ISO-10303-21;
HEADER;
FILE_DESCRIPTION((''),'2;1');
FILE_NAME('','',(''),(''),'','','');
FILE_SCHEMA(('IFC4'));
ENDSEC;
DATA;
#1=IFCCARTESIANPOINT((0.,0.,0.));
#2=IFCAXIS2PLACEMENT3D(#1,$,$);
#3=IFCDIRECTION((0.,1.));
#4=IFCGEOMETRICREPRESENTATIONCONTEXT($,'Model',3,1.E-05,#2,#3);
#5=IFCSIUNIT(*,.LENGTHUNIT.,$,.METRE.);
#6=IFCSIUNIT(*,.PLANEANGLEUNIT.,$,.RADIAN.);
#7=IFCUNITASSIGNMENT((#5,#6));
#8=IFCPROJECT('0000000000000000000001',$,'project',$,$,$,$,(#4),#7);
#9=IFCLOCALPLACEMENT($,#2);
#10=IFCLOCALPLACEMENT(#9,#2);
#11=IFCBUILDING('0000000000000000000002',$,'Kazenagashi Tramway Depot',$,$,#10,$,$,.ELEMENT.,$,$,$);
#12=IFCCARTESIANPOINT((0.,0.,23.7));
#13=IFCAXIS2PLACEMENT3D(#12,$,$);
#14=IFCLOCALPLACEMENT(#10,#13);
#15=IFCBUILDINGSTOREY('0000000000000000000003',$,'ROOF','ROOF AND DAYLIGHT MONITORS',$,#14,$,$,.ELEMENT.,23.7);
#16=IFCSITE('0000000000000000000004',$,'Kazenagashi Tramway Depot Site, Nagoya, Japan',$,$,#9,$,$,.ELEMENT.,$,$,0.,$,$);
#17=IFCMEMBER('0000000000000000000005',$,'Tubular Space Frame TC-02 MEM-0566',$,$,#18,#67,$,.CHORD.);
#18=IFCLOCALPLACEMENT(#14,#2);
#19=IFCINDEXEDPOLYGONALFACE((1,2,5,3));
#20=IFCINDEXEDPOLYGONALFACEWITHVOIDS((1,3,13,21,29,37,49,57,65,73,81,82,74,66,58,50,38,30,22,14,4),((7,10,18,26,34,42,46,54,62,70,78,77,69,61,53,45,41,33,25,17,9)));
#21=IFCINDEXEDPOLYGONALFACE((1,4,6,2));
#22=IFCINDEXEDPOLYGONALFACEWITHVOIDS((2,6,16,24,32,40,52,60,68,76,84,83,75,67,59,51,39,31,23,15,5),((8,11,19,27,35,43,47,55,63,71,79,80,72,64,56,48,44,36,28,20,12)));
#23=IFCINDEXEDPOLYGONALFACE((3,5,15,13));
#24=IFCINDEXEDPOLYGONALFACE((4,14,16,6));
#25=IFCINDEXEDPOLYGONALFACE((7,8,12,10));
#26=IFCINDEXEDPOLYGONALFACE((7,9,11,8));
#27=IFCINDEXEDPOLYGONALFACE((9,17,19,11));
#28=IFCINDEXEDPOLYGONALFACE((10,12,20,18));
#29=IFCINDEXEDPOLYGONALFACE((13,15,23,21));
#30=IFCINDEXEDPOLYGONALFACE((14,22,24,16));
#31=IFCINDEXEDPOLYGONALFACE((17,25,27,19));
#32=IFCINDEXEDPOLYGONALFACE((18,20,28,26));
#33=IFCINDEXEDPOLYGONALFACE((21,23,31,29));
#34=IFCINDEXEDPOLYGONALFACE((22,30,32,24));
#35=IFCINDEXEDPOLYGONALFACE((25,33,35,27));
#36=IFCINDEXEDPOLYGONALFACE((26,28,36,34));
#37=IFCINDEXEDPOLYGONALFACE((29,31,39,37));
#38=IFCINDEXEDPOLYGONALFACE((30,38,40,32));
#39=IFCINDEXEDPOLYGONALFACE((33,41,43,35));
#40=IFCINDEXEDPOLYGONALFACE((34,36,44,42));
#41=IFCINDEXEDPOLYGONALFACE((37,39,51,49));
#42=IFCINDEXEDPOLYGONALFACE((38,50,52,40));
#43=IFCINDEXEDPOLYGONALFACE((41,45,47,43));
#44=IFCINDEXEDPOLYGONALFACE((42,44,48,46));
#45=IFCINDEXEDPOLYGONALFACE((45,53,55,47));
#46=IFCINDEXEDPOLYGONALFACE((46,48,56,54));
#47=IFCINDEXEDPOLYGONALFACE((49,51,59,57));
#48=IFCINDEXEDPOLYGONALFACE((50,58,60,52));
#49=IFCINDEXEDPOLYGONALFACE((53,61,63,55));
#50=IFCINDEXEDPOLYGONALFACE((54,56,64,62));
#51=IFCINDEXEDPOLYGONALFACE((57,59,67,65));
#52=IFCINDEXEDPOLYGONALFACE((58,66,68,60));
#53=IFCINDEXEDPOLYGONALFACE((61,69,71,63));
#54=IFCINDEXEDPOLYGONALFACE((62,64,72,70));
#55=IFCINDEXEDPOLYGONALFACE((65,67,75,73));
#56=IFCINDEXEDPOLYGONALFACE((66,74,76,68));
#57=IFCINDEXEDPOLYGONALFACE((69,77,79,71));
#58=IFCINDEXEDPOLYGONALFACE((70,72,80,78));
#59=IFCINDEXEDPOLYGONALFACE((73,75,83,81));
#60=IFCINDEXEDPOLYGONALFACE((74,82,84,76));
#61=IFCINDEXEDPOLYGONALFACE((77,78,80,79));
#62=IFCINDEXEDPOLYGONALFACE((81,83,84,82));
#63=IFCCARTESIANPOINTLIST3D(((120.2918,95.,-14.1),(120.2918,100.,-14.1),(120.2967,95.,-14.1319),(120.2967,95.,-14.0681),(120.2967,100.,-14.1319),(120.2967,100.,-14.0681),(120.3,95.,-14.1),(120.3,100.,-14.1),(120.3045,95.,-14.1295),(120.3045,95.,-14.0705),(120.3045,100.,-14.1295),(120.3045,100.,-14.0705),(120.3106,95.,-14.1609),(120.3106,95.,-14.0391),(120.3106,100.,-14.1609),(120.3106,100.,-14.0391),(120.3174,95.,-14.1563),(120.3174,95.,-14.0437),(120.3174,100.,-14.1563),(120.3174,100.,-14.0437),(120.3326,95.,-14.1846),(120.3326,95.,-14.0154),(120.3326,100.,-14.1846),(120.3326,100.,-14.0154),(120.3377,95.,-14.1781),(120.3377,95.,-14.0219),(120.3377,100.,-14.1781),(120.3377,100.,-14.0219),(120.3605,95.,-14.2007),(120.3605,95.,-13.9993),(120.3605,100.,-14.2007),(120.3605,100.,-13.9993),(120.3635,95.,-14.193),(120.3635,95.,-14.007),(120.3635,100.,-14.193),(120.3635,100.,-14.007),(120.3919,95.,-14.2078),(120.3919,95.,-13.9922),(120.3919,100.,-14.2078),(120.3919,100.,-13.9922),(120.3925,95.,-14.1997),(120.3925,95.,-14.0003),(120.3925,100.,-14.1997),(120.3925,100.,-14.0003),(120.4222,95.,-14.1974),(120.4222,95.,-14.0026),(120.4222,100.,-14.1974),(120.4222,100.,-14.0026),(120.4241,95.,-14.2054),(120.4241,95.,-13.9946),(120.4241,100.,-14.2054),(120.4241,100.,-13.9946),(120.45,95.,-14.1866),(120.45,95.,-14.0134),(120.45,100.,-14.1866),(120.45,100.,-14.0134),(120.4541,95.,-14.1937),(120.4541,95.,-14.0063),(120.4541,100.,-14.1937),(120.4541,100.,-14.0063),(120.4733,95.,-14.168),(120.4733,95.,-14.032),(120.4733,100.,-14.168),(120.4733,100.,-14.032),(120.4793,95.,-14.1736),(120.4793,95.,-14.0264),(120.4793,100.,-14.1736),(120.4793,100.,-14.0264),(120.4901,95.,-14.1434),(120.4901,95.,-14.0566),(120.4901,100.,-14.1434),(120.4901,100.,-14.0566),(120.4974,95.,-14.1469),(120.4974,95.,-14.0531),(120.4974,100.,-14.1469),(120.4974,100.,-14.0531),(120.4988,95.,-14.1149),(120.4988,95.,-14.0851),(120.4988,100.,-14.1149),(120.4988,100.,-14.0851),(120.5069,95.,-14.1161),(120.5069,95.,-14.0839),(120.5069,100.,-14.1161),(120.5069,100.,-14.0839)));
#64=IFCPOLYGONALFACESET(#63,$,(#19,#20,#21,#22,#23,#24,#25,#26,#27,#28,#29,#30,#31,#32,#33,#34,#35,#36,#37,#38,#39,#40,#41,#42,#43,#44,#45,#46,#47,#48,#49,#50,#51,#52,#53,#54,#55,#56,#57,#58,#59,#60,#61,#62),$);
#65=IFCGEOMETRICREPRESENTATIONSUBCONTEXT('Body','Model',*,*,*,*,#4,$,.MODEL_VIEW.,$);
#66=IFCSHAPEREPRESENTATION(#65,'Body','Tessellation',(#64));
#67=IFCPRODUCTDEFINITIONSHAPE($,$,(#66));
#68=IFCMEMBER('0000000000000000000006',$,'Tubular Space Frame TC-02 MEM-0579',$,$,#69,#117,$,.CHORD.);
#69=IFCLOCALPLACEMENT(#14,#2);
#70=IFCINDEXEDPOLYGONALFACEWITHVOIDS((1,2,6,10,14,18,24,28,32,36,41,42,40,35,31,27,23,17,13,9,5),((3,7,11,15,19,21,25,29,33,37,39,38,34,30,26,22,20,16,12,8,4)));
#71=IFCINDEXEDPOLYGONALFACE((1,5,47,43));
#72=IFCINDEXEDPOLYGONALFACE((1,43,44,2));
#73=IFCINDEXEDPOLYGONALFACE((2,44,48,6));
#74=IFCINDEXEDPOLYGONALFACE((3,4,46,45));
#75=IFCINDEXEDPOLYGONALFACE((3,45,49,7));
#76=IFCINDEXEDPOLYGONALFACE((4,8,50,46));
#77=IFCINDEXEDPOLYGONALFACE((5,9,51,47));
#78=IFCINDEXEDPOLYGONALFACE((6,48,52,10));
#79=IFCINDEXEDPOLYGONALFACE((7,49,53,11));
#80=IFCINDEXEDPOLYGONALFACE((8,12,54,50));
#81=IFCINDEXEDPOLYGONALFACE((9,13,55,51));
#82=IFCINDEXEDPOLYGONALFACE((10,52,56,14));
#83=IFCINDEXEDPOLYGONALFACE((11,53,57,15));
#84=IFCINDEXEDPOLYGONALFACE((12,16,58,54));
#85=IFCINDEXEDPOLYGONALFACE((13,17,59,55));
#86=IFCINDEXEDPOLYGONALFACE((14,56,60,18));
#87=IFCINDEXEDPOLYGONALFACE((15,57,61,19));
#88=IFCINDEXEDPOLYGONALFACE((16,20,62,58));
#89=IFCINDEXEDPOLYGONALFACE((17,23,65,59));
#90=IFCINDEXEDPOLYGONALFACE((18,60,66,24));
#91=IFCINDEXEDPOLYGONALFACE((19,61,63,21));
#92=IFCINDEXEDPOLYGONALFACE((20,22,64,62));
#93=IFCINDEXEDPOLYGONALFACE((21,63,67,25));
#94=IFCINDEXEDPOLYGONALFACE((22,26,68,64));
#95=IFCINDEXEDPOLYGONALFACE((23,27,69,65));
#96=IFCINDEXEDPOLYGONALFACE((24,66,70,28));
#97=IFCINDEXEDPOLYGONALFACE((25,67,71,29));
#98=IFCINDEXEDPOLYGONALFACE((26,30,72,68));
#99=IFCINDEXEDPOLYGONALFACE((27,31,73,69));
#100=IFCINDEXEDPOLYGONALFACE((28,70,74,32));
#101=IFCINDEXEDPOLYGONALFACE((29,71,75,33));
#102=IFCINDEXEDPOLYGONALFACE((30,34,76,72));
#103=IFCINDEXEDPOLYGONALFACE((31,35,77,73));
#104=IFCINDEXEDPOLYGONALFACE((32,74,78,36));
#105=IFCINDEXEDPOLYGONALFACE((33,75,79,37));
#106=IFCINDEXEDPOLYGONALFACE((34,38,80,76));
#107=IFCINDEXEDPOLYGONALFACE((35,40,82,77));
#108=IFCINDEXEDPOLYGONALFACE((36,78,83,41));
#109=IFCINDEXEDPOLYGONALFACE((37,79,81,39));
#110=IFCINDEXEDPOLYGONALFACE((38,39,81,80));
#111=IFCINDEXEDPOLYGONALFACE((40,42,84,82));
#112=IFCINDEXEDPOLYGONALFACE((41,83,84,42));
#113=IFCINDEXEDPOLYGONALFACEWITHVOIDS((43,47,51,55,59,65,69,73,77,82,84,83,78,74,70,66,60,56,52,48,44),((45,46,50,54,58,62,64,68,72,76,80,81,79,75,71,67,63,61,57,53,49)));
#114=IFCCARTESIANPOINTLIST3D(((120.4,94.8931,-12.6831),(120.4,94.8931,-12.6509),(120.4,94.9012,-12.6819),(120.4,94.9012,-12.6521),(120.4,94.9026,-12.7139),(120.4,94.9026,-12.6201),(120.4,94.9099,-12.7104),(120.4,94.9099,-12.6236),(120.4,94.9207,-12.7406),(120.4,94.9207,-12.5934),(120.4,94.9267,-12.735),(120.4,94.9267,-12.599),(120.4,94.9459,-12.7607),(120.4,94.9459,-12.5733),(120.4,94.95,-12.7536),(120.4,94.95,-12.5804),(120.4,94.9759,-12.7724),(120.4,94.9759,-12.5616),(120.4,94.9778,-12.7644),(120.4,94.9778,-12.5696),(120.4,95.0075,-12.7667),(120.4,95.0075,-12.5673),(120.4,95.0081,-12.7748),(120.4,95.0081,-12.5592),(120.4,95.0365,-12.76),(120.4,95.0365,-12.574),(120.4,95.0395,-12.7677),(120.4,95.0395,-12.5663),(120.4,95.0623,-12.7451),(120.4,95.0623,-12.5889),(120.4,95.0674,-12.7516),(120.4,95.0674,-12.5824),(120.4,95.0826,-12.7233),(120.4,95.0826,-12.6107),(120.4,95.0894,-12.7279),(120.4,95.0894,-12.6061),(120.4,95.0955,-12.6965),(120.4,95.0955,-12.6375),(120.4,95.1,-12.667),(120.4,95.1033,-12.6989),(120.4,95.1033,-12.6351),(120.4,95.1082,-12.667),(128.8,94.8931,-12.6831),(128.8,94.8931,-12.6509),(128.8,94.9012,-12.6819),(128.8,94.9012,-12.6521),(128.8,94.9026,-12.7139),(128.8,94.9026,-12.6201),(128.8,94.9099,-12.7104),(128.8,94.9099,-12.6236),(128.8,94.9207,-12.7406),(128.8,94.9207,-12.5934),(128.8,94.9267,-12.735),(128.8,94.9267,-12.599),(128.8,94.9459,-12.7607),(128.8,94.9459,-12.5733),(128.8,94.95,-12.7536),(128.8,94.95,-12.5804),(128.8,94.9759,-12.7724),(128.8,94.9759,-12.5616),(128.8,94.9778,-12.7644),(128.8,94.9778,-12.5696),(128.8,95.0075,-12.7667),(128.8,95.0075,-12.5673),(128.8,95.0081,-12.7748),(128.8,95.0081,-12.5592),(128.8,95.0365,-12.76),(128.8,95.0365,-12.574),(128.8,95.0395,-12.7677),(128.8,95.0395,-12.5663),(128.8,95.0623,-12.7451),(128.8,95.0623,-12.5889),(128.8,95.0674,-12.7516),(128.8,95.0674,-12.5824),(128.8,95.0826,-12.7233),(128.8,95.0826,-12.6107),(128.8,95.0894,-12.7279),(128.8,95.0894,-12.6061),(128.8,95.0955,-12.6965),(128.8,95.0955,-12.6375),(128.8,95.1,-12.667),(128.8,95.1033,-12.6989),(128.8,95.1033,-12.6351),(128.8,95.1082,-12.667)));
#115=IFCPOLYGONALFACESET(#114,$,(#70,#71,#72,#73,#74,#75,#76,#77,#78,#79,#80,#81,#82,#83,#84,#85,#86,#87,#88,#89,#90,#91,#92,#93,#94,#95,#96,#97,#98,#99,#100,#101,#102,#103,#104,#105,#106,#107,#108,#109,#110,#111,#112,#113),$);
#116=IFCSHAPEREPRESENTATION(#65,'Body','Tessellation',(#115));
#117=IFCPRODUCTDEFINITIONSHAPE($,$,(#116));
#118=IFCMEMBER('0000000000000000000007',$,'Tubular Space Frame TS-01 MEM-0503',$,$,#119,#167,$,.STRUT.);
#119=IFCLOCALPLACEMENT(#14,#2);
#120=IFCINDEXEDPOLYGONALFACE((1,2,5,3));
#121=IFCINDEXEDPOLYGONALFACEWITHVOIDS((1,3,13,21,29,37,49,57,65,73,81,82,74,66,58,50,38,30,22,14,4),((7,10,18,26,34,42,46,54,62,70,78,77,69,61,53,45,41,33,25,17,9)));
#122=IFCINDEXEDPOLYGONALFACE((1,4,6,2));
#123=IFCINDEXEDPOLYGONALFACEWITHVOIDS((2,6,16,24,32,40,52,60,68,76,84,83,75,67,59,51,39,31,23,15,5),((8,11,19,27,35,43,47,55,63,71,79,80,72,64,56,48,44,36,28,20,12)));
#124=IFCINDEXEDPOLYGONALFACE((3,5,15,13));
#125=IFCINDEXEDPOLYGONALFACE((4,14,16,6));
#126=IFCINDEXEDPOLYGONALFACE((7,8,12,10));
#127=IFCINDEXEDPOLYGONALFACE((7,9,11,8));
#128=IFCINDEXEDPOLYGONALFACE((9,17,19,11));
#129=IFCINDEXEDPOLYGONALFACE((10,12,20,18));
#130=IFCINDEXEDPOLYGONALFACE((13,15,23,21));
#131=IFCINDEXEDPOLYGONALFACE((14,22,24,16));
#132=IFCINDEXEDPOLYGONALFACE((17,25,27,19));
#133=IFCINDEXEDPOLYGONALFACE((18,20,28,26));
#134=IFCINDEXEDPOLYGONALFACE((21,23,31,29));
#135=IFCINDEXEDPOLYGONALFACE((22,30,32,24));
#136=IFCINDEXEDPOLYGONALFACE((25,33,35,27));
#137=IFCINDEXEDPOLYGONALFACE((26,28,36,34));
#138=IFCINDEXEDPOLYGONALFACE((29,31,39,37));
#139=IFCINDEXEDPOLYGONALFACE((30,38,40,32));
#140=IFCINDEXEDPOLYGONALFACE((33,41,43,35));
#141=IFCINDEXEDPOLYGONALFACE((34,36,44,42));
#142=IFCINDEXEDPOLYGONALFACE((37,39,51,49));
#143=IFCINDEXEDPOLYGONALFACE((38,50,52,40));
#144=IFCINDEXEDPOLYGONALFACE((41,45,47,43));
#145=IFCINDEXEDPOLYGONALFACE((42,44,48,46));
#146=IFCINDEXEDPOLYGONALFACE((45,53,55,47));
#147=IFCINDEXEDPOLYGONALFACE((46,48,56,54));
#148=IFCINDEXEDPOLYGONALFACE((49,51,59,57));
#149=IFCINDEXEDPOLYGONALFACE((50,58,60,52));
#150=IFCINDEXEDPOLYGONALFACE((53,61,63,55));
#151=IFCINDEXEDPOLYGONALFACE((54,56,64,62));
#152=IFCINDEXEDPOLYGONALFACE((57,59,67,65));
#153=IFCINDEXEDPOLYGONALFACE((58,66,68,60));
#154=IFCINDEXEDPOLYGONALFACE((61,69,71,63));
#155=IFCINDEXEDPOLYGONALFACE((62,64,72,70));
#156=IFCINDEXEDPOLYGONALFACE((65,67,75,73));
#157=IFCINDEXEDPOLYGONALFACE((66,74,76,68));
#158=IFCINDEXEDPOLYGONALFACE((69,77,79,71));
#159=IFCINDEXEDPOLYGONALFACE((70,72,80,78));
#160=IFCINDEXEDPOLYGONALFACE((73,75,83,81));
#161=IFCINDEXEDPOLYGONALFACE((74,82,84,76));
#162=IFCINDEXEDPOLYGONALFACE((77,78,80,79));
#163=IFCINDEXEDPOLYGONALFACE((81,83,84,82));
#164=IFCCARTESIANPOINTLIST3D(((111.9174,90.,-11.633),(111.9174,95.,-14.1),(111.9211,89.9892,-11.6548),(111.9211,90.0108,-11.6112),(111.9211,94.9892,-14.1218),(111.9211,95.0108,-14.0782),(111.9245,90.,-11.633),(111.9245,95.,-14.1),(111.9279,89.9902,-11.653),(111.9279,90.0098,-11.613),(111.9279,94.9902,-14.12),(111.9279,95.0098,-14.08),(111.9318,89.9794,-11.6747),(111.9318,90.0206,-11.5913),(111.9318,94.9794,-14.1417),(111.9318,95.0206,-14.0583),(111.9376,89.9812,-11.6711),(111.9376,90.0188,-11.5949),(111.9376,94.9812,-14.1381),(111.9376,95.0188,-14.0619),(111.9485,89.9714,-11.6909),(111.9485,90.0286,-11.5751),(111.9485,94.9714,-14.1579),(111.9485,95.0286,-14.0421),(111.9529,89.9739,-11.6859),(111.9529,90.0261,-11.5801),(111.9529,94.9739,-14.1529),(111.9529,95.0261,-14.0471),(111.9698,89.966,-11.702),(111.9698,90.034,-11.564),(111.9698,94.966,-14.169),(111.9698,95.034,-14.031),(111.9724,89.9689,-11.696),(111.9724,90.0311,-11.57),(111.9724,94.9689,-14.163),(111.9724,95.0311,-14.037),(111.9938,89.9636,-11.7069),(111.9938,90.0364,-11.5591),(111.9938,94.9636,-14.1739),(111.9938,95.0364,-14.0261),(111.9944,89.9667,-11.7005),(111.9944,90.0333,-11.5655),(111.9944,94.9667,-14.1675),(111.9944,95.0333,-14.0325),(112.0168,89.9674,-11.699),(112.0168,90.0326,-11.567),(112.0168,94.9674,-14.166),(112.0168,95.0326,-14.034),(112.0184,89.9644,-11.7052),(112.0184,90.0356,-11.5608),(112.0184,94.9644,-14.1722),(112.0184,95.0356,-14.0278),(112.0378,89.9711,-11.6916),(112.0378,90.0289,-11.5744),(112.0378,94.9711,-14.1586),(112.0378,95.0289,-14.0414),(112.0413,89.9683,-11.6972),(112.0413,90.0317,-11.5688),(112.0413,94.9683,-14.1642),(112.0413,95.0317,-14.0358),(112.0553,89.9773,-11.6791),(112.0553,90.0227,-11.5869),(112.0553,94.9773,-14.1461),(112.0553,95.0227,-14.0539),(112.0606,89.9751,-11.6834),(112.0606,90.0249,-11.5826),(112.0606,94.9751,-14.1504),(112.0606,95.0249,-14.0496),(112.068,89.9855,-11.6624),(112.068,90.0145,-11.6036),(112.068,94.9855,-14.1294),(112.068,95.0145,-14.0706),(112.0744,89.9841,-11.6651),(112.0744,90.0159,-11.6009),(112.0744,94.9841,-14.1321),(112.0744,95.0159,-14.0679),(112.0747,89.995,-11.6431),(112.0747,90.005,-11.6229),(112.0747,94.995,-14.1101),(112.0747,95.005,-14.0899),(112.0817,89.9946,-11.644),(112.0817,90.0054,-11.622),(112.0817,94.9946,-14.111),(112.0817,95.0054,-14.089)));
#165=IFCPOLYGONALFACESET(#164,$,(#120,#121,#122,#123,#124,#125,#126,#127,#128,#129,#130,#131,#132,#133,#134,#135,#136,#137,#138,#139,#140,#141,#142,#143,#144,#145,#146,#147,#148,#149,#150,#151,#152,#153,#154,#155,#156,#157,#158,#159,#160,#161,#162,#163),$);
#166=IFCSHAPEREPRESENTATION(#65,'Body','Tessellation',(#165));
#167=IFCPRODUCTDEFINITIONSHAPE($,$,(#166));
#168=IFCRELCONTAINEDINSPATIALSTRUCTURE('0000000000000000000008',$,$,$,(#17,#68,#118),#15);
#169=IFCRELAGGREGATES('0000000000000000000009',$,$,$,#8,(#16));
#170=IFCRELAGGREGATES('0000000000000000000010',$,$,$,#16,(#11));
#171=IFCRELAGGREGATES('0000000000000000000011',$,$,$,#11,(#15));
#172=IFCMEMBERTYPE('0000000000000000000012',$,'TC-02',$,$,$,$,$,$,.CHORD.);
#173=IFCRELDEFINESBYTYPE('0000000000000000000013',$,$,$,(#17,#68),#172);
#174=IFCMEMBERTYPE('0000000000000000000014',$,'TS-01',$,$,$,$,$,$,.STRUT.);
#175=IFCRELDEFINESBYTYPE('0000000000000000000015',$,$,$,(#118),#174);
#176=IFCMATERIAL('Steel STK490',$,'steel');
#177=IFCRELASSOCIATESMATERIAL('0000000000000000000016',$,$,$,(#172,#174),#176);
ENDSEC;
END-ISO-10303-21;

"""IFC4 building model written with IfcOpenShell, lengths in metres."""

from ifc_helpers import new_model, si_unit, direction, frame, origin, origin_2d, place, context, subcontext, project, spatial, hollow_circle, extrude, material, material_profile, profile_set, type_object, element, save


model = new_model("IFC4")

# Units and contexts
model_context = context("Model", 3, precision=1e-05, world=origin(), true_north=direction((0.0, 1.0)))
body_context = subcontext(model_context, "Body", "Model", "MODEL_VIEW")
ifc_project = project(units=[si_unit("LENGTHUNIT", "METRE"), si_unit("PLANEANGLEUNIT", "RADIAN")], contexts=[model_context])

# Site, building, storey
site_placement = place(None, origin())
site = spatial("IfcSite", under=ifc_project, at=site_placement, Name="Kazenagashi Tramway Depot Site, Nagoya, Japan", CompositionType="ELEMENT", RefElevation=0.0)
building_placement = place(site_placement, origin())
building = spatial("IfcBuilding", under=site, at=building_placement, Name="Kazenagashi Tramway Depot", CompositionType="ELEMENT")
storey_placement = place(building_placement, frame((0.0, 0.0, 23.7)))
storey = spatial("IfcBuildingStorey", under=building, at=storey_placement, Name="ROOF", Description="ROOF AND DAYLIGHT MONITORS", CompositionType="ELEMENT", Elevation=23.7)

# Members
ifc_material_1 = material(Name="Steel STK490", Category="steel")
ifc_material_profile_1 = material_profile(ifc_material_1, hollow_circle(Radius=0.1081, WallThickness=0.0082, at=origin_2d()), Name="CHS-216.3x8.2")
ifc_profile_set_1 = profile_set([ifc_material_profile_1], Name="Steel STK490")
member_type_1 = type_object("IfcMemberType", Name="TC-02", PredefinedType="CHORD", material=ifc_profile_set_1)
for number, where, z_axis, x_axis, name in (
    (1, (120.4, 95.0, -14.1), (0.0, 1.0, 0.0), (-1.0, 0.0, 0.0), "Tubular Space Frame TC-02 MEM-0566"),
):
    element("IfcMember", number, at=place(storey_placement, frame(where, z_axis=z_axis, x_axis=x_axis)), inside=storey, type_object=member_type_1, Name=name, PredefinedType="CHORD", context=body_context, shape_type="SweptSolid", body=[
        extrude(hollow_circle(Radius=0.1081, WallThickness=0.0082, at=origin_2d()), origin(), (0.0, 0.0, 1.0), 5.0),
    ])
member_1_placement = place(storey_placement, frame((120.4, 95.0, -12.667), z_axis=(1.0, 0.0, 0.0), x_axis=(0.0, 1.0, 0.0)))
element("IfcMember", 2, at=member_1_placement, inside=storey, type_object=member_type_1, Name="Tubular Space Frame TC-02 MEM-0579", PredefinedType="CHORD", context=body_context, shape_type="SweptSolid", body=[
    extrude(hollow_circle(Radius=0.1081, WallThickness=0.0082, at=origin_2d()), origin(), (0.0, 0.0, 1.0), 8.4),
])
ifc_material_profile_2 = material_profile(ifc_material_1, hollow_circle(Radius=0.0826, WallThickness=0.0071, at=origin_2d()), Name="CHS-165.2x7.1")
ifc_profile_set_2 = profile_set([ifc_material_profile_2], Name="Steel STK490")
member_type_2 = type_object("IfcMemberType", Name="TS-01", PredefinedType="STRUT", material=ifc_profile_set_2)
member_2_placement = place(storey_placement, frame((112.0, 90.0, -11.633), z_axis=(0.0, 0.896782, -0.442472), x_axis=(-1.0, 0.0, 0.0)))
element("IfcMember", 3, at=member_2_placement, inside=storey, type_object=member_type_2, Name="Tubular Space Frame TS-01 MEM-0503", PredefinedType="STRUT", context=body_context, shape_type="SweptSolid", body=[
    extrude(hollow_circle(Radius=0.0826, WallThickness=0.0071, at=origin_2d()), origin(), (0.0, 0.0, 1.0), 5.5755),
])

save(model, "model.ifc")
